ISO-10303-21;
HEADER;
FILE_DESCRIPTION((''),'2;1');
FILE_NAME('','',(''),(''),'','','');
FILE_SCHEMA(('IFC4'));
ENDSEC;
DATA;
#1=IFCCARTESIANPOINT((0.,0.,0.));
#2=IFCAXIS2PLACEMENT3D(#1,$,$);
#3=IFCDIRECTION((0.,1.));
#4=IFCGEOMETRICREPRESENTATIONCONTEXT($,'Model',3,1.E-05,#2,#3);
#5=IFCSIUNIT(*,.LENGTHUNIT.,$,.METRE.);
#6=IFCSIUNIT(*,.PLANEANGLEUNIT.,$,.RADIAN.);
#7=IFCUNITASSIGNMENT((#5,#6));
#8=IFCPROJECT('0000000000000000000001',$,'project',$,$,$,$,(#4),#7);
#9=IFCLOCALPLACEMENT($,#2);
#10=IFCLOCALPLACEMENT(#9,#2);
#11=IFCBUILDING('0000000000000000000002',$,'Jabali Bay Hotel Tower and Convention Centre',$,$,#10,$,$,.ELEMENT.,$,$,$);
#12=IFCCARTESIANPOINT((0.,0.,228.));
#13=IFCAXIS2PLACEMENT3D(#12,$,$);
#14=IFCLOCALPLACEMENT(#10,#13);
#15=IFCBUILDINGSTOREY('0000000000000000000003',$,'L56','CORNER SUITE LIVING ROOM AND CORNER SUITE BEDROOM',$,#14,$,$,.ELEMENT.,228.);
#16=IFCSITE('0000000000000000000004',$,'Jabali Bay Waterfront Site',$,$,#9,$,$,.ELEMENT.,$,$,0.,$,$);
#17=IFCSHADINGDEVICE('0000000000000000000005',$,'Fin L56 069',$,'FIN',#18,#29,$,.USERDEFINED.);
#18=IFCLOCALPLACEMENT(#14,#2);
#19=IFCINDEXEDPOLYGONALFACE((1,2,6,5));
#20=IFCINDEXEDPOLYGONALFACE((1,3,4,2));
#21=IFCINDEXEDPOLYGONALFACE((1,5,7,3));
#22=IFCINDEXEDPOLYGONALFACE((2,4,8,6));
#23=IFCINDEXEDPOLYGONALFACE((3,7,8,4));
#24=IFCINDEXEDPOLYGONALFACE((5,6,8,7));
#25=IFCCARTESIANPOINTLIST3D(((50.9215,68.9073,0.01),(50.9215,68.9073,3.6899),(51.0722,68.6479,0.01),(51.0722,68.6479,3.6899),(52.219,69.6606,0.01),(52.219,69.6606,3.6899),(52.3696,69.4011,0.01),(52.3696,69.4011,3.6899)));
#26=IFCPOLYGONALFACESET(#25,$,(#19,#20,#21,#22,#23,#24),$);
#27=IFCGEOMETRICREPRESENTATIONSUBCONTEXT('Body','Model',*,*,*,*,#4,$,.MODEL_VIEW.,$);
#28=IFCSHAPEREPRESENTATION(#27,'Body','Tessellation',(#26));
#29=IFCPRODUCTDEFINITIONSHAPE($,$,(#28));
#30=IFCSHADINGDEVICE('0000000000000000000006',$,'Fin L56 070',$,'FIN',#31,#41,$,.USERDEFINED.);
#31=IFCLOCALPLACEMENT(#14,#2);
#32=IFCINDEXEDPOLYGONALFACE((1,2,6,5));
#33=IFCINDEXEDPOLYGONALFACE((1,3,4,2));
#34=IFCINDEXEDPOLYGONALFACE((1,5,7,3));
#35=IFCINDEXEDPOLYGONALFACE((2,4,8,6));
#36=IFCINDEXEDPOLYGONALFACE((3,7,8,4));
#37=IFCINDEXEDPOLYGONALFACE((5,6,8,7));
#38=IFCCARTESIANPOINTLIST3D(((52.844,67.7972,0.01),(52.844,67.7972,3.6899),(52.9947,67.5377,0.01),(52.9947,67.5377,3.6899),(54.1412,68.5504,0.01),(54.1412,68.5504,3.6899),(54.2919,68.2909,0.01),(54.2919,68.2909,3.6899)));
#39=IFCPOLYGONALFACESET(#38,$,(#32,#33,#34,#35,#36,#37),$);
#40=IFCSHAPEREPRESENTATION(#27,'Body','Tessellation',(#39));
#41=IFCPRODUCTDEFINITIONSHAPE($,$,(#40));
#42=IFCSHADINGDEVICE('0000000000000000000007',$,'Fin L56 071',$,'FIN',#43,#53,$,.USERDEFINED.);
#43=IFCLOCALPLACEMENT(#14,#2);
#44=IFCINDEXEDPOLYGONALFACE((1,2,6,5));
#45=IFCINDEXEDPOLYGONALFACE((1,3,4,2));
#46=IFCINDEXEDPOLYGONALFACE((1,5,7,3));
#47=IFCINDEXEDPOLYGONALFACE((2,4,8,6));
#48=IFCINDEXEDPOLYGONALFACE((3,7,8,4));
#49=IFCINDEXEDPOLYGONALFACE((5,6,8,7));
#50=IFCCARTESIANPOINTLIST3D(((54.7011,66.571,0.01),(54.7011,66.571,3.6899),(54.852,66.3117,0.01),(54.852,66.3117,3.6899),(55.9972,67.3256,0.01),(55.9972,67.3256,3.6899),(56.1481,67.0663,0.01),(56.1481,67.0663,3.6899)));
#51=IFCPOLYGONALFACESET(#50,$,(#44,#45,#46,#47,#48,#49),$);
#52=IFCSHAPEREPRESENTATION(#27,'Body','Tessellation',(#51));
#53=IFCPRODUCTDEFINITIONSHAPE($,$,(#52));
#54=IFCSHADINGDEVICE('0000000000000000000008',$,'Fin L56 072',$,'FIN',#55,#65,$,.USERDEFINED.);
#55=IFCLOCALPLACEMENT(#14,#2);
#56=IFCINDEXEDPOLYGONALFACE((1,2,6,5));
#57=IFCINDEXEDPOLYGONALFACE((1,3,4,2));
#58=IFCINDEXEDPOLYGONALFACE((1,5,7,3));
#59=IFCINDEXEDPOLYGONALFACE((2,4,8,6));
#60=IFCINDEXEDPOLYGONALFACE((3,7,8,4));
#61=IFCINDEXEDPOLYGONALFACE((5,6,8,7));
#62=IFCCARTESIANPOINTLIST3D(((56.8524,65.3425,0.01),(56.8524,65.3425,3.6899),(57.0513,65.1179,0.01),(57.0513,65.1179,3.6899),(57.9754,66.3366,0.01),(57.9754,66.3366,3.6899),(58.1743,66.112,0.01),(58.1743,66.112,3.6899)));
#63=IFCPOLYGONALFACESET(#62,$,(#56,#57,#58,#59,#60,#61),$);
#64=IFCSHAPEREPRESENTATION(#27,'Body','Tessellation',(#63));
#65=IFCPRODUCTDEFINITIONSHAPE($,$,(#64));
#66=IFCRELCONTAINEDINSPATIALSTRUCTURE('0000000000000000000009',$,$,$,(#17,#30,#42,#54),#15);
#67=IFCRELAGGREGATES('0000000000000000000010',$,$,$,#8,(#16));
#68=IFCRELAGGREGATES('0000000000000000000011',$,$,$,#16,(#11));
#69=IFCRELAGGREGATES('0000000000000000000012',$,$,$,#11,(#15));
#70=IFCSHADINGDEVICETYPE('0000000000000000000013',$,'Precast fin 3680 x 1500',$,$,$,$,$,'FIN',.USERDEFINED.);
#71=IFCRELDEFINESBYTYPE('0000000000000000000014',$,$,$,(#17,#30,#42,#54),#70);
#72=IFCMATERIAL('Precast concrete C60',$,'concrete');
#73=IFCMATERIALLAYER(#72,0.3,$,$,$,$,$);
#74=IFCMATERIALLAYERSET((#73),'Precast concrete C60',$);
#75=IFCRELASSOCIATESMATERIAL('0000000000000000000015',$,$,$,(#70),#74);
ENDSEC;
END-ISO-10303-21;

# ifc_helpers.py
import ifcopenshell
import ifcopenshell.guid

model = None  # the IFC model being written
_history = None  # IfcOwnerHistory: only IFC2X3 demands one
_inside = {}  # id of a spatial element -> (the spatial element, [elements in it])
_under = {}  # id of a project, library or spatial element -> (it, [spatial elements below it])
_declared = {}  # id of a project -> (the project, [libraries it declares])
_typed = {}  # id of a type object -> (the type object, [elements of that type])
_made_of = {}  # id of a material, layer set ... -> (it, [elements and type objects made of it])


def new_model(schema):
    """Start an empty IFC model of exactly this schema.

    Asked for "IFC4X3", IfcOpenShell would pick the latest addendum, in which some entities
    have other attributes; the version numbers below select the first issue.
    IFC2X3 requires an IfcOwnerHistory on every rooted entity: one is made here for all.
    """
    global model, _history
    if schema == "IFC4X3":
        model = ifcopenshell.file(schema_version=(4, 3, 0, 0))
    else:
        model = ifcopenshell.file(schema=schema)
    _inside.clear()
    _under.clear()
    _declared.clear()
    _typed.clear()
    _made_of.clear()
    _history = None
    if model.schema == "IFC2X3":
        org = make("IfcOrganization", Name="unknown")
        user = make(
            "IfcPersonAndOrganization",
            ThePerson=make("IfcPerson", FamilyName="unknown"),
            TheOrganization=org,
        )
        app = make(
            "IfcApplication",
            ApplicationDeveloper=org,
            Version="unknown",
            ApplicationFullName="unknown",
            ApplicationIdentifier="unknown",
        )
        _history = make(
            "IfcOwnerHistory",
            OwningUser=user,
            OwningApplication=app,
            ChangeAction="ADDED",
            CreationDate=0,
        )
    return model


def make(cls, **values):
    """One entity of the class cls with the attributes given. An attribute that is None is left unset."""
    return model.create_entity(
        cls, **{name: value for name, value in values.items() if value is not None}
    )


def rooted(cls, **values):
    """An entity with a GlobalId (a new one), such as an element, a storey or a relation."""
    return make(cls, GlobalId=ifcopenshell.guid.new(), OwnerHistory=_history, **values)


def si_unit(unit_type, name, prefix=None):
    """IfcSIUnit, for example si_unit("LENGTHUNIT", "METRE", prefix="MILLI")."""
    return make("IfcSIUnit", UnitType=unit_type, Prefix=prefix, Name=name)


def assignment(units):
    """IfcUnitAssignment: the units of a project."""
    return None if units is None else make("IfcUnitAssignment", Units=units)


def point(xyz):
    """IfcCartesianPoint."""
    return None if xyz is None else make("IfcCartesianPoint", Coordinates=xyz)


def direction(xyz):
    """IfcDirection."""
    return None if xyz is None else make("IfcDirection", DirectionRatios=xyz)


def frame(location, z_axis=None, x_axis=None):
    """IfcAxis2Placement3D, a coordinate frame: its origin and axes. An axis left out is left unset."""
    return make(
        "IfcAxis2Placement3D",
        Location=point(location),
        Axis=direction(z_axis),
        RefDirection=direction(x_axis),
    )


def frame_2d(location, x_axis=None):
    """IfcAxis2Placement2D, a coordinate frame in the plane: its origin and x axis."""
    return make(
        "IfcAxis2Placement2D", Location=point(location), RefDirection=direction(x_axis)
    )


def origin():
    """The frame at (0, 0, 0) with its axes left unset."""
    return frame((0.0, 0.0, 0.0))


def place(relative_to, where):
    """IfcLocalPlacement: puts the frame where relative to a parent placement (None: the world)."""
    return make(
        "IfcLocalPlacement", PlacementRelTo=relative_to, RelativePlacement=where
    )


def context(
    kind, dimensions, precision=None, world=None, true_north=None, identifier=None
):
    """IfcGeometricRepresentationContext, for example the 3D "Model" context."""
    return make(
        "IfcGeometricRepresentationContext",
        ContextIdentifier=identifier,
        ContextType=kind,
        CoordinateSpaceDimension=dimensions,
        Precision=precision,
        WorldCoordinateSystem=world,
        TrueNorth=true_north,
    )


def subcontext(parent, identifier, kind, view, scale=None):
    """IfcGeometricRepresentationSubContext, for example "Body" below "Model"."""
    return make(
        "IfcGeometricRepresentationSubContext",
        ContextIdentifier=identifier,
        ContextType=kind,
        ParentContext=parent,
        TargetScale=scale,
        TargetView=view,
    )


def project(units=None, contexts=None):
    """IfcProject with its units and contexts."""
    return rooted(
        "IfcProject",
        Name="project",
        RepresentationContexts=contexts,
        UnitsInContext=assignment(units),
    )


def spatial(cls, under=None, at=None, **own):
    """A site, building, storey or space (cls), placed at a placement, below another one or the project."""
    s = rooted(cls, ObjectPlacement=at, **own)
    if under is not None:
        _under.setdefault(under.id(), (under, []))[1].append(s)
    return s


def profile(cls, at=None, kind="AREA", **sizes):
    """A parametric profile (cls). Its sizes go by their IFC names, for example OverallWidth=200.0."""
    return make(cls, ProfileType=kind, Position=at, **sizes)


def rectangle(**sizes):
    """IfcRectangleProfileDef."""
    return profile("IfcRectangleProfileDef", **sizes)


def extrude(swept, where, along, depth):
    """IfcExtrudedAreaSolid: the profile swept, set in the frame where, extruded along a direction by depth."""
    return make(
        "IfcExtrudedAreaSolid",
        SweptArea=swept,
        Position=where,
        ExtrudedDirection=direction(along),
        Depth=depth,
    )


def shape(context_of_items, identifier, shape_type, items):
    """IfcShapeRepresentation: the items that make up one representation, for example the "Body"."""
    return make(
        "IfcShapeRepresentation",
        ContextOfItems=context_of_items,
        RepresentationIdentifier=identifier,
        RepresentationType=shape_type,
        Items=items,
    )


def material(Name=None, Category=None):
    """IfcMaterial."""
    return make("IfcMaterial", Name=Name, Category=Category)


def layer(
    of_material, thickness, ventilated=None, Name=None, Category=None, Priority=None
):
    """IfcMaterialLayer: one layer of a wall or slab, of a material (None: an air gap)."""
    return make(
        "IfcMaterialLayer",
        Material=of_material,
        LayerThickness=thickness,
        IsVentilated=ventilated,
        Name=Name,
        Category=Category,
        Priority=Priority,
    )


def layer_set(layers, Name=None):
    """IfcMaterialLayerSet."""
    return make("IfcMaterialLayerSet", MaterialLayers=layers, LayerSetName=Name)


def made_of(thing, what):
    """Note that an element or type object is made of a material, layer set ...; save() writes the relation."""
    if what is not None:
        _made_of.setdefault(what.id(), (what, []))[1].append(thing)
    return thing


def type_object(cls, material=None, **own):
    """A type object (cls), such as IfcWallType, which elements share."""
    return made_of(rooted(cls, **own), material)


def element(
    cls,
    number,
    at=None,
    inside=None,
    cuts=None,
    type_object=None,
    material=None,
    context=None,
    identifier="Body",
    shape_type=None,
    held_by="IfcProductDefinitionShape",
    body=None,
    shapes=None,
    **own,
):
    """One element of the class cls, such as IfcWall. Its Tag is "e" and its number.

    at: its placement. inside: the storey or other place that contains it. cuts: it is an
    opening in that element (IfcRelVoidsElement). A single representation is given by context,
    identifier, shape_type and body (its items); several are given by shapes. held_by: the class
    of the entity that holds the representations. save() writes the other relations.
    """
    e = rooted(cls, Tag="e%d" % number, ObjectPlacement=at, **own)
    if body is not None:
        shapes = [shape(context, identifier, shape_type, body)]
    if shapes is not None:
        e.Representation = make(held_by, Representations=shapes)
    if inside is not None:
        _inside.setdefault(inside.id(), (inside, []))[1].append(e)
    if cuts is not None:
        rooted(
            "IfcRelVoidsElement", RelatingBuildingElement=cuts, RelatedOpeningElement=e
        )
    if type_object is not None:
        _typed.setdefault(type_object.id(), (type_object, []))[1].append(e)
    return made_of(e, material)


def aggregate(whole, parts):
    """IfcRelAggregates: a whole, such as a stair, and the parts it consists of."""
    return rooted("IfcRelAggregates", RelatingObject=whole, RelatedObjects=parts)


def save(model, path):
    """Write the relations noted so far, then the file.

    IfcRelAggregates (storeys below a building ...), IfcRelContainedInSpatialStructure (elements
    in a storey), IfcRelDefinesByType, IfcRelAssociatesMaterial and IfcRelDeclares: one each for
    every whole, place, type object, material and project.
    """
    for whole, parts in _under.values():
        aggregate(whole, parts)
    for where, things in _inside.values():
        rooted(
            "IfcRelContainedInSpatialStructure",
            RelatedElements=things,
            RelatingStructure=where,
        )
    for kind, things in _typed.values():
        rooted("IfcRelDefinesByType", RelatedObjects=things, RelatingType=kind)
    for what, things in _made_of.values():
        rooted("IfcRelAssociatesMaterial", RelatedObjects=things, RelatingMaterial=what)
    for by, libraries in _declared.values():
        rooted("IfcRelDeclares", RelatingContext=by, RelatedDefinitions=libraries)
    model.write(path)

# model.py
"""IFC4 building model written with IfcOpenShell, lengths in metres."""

from ifc_helpers import new_model, si_unit, direction, frame, frame_2d, origin, place, context, subcontext, project, spatial, rectangle, extrude, material, layer, layer_set, type_object, element, save


model = new_model("IFC4")

# Units and contexts
model_context = context("Model", 3, precision=1e-05, world=origin(), true_north=direction((0.0, 1.0)))
body_context = subcontext(model_context, "Body", "Model", "MODEL_VIEW")
ifc_project = project(units=[si_unit("LENGTHUNIT", "METRE"), si_unit("PLANEANGLEUNIT", "RADIAN")], contexts=[model_context])

# Site, building, storey
site_placement = place(None, origin())
site = spatial("IfcSite", under=ifc_project, at=site_placement, Name="Jabali Bay Waterfront Site", CompositionType="ELEMENT", RefElevation=0.0)
building_placement = place(site_placement, origin())
building = spatial("IfcBuilding", under=site, at=building_placement, Name="Jabali Bay Hotel Tower and Convention Centre", CompositionType="ELEMENT")
storey_placement = place(building_placement, frame((0.0, 0.0, 228.0)))
storey = spatial("IfcBuildingStorey", under=building, at=storey_placement, Name="L56", Description="CORNER SUITE LIVING ROOM AND CORNER SUITE BEDROOM", CompositionType="ELEMENT", Elevation=228.0)

# Shading devices
ifc_material_1 = material(Name="Precast concrete C60", Category="concrete")
ifc_layer_1 = layer(ifc_material_1, 0.3)
ifc_layer_set_1 = layer_set([ifc_layer_1], Name="Precast concrete C60")
shading_device_type = type_object("IfcShadingDeviceType", Name="Precast fin 3680 x 1500", ElementType="FIN", PredefinedType="USERDEFINED", material=ifc_layer_set_1)
shading_device_1_placement = place(storey_placement, frame((52.2942, 69.5308, 0.01), z_axis=(0.0, 0.0, 1.0), x_axis=(-0.864828, -0.502069, 0.0)))
element("IfcShadingDevice", 1, at=shading_device_1_placement, inside=storey, type_object=shading_device_type, Name="Fin L56 069", ObjectType="FIN", PredefinedType="USERDEFINED", context=body_context, shape_type="SweptSolid", body=[
    extrude(rectangle(XDim=1.5002, YDim=0.3, at=frame_2d((0.75, 0.0))), origin(), (0.0, 0.0, 1.0), 3.6799),
])
shading_device_2_placement = place(storey_placement, frame((54.2166, 68.4207, 0.01), z_axis=(0.0, 0.0, 1.0), x_axis=(-0.864787, -0.502139, 0.0)))
element("IfcShadingDevice", 2, at=shading_device_2_placement, inside=storey, type_object=shading_device_type, Name="Fin L56 070", ObjectType="FIN", PredefinedType="USERDEFINED", context=body_context, shape_type="SweptSolid", body=[
    extrude(rectangle(XDim=1.5, YDim=0.3, at=frame_2d((0.75, 0.0))), origin(), (0.0, 0.0, 1.0), 3.6799),
])
for number, where, z_axis, x_axis, name in (
    (3, (56.0728, 67.196, 0.01), (0.0, 0.0, 1.0), (-0.864198, -0.503152, 0.0), "Fin L56 071"),
    (4, (58.075, 66.2244, 0.01), (0.0, 0.0, 1.0), (-0.748773, -0.662827, 0.0), "Fin L56 072"),
):
    element("IfcShadingDevice", number, at=place(storey_placement, frame(where, z_axis=z_axis, x_axis=x_axis)), inside=storey, type_object=shading_device_type, Name=name, ObjectType="FIN", PredefinedType="USERDEFINED", context=body_context, shape_type="SweptSolid", body=[
        extrude(rectangle(XDim=1.4998, YDim=0.3, at=frame_2d((0.75, 0.0))), origin(), (0.0, 0.0, 1.0), 3.6799),
    ])

save(model, "model.ifc")
